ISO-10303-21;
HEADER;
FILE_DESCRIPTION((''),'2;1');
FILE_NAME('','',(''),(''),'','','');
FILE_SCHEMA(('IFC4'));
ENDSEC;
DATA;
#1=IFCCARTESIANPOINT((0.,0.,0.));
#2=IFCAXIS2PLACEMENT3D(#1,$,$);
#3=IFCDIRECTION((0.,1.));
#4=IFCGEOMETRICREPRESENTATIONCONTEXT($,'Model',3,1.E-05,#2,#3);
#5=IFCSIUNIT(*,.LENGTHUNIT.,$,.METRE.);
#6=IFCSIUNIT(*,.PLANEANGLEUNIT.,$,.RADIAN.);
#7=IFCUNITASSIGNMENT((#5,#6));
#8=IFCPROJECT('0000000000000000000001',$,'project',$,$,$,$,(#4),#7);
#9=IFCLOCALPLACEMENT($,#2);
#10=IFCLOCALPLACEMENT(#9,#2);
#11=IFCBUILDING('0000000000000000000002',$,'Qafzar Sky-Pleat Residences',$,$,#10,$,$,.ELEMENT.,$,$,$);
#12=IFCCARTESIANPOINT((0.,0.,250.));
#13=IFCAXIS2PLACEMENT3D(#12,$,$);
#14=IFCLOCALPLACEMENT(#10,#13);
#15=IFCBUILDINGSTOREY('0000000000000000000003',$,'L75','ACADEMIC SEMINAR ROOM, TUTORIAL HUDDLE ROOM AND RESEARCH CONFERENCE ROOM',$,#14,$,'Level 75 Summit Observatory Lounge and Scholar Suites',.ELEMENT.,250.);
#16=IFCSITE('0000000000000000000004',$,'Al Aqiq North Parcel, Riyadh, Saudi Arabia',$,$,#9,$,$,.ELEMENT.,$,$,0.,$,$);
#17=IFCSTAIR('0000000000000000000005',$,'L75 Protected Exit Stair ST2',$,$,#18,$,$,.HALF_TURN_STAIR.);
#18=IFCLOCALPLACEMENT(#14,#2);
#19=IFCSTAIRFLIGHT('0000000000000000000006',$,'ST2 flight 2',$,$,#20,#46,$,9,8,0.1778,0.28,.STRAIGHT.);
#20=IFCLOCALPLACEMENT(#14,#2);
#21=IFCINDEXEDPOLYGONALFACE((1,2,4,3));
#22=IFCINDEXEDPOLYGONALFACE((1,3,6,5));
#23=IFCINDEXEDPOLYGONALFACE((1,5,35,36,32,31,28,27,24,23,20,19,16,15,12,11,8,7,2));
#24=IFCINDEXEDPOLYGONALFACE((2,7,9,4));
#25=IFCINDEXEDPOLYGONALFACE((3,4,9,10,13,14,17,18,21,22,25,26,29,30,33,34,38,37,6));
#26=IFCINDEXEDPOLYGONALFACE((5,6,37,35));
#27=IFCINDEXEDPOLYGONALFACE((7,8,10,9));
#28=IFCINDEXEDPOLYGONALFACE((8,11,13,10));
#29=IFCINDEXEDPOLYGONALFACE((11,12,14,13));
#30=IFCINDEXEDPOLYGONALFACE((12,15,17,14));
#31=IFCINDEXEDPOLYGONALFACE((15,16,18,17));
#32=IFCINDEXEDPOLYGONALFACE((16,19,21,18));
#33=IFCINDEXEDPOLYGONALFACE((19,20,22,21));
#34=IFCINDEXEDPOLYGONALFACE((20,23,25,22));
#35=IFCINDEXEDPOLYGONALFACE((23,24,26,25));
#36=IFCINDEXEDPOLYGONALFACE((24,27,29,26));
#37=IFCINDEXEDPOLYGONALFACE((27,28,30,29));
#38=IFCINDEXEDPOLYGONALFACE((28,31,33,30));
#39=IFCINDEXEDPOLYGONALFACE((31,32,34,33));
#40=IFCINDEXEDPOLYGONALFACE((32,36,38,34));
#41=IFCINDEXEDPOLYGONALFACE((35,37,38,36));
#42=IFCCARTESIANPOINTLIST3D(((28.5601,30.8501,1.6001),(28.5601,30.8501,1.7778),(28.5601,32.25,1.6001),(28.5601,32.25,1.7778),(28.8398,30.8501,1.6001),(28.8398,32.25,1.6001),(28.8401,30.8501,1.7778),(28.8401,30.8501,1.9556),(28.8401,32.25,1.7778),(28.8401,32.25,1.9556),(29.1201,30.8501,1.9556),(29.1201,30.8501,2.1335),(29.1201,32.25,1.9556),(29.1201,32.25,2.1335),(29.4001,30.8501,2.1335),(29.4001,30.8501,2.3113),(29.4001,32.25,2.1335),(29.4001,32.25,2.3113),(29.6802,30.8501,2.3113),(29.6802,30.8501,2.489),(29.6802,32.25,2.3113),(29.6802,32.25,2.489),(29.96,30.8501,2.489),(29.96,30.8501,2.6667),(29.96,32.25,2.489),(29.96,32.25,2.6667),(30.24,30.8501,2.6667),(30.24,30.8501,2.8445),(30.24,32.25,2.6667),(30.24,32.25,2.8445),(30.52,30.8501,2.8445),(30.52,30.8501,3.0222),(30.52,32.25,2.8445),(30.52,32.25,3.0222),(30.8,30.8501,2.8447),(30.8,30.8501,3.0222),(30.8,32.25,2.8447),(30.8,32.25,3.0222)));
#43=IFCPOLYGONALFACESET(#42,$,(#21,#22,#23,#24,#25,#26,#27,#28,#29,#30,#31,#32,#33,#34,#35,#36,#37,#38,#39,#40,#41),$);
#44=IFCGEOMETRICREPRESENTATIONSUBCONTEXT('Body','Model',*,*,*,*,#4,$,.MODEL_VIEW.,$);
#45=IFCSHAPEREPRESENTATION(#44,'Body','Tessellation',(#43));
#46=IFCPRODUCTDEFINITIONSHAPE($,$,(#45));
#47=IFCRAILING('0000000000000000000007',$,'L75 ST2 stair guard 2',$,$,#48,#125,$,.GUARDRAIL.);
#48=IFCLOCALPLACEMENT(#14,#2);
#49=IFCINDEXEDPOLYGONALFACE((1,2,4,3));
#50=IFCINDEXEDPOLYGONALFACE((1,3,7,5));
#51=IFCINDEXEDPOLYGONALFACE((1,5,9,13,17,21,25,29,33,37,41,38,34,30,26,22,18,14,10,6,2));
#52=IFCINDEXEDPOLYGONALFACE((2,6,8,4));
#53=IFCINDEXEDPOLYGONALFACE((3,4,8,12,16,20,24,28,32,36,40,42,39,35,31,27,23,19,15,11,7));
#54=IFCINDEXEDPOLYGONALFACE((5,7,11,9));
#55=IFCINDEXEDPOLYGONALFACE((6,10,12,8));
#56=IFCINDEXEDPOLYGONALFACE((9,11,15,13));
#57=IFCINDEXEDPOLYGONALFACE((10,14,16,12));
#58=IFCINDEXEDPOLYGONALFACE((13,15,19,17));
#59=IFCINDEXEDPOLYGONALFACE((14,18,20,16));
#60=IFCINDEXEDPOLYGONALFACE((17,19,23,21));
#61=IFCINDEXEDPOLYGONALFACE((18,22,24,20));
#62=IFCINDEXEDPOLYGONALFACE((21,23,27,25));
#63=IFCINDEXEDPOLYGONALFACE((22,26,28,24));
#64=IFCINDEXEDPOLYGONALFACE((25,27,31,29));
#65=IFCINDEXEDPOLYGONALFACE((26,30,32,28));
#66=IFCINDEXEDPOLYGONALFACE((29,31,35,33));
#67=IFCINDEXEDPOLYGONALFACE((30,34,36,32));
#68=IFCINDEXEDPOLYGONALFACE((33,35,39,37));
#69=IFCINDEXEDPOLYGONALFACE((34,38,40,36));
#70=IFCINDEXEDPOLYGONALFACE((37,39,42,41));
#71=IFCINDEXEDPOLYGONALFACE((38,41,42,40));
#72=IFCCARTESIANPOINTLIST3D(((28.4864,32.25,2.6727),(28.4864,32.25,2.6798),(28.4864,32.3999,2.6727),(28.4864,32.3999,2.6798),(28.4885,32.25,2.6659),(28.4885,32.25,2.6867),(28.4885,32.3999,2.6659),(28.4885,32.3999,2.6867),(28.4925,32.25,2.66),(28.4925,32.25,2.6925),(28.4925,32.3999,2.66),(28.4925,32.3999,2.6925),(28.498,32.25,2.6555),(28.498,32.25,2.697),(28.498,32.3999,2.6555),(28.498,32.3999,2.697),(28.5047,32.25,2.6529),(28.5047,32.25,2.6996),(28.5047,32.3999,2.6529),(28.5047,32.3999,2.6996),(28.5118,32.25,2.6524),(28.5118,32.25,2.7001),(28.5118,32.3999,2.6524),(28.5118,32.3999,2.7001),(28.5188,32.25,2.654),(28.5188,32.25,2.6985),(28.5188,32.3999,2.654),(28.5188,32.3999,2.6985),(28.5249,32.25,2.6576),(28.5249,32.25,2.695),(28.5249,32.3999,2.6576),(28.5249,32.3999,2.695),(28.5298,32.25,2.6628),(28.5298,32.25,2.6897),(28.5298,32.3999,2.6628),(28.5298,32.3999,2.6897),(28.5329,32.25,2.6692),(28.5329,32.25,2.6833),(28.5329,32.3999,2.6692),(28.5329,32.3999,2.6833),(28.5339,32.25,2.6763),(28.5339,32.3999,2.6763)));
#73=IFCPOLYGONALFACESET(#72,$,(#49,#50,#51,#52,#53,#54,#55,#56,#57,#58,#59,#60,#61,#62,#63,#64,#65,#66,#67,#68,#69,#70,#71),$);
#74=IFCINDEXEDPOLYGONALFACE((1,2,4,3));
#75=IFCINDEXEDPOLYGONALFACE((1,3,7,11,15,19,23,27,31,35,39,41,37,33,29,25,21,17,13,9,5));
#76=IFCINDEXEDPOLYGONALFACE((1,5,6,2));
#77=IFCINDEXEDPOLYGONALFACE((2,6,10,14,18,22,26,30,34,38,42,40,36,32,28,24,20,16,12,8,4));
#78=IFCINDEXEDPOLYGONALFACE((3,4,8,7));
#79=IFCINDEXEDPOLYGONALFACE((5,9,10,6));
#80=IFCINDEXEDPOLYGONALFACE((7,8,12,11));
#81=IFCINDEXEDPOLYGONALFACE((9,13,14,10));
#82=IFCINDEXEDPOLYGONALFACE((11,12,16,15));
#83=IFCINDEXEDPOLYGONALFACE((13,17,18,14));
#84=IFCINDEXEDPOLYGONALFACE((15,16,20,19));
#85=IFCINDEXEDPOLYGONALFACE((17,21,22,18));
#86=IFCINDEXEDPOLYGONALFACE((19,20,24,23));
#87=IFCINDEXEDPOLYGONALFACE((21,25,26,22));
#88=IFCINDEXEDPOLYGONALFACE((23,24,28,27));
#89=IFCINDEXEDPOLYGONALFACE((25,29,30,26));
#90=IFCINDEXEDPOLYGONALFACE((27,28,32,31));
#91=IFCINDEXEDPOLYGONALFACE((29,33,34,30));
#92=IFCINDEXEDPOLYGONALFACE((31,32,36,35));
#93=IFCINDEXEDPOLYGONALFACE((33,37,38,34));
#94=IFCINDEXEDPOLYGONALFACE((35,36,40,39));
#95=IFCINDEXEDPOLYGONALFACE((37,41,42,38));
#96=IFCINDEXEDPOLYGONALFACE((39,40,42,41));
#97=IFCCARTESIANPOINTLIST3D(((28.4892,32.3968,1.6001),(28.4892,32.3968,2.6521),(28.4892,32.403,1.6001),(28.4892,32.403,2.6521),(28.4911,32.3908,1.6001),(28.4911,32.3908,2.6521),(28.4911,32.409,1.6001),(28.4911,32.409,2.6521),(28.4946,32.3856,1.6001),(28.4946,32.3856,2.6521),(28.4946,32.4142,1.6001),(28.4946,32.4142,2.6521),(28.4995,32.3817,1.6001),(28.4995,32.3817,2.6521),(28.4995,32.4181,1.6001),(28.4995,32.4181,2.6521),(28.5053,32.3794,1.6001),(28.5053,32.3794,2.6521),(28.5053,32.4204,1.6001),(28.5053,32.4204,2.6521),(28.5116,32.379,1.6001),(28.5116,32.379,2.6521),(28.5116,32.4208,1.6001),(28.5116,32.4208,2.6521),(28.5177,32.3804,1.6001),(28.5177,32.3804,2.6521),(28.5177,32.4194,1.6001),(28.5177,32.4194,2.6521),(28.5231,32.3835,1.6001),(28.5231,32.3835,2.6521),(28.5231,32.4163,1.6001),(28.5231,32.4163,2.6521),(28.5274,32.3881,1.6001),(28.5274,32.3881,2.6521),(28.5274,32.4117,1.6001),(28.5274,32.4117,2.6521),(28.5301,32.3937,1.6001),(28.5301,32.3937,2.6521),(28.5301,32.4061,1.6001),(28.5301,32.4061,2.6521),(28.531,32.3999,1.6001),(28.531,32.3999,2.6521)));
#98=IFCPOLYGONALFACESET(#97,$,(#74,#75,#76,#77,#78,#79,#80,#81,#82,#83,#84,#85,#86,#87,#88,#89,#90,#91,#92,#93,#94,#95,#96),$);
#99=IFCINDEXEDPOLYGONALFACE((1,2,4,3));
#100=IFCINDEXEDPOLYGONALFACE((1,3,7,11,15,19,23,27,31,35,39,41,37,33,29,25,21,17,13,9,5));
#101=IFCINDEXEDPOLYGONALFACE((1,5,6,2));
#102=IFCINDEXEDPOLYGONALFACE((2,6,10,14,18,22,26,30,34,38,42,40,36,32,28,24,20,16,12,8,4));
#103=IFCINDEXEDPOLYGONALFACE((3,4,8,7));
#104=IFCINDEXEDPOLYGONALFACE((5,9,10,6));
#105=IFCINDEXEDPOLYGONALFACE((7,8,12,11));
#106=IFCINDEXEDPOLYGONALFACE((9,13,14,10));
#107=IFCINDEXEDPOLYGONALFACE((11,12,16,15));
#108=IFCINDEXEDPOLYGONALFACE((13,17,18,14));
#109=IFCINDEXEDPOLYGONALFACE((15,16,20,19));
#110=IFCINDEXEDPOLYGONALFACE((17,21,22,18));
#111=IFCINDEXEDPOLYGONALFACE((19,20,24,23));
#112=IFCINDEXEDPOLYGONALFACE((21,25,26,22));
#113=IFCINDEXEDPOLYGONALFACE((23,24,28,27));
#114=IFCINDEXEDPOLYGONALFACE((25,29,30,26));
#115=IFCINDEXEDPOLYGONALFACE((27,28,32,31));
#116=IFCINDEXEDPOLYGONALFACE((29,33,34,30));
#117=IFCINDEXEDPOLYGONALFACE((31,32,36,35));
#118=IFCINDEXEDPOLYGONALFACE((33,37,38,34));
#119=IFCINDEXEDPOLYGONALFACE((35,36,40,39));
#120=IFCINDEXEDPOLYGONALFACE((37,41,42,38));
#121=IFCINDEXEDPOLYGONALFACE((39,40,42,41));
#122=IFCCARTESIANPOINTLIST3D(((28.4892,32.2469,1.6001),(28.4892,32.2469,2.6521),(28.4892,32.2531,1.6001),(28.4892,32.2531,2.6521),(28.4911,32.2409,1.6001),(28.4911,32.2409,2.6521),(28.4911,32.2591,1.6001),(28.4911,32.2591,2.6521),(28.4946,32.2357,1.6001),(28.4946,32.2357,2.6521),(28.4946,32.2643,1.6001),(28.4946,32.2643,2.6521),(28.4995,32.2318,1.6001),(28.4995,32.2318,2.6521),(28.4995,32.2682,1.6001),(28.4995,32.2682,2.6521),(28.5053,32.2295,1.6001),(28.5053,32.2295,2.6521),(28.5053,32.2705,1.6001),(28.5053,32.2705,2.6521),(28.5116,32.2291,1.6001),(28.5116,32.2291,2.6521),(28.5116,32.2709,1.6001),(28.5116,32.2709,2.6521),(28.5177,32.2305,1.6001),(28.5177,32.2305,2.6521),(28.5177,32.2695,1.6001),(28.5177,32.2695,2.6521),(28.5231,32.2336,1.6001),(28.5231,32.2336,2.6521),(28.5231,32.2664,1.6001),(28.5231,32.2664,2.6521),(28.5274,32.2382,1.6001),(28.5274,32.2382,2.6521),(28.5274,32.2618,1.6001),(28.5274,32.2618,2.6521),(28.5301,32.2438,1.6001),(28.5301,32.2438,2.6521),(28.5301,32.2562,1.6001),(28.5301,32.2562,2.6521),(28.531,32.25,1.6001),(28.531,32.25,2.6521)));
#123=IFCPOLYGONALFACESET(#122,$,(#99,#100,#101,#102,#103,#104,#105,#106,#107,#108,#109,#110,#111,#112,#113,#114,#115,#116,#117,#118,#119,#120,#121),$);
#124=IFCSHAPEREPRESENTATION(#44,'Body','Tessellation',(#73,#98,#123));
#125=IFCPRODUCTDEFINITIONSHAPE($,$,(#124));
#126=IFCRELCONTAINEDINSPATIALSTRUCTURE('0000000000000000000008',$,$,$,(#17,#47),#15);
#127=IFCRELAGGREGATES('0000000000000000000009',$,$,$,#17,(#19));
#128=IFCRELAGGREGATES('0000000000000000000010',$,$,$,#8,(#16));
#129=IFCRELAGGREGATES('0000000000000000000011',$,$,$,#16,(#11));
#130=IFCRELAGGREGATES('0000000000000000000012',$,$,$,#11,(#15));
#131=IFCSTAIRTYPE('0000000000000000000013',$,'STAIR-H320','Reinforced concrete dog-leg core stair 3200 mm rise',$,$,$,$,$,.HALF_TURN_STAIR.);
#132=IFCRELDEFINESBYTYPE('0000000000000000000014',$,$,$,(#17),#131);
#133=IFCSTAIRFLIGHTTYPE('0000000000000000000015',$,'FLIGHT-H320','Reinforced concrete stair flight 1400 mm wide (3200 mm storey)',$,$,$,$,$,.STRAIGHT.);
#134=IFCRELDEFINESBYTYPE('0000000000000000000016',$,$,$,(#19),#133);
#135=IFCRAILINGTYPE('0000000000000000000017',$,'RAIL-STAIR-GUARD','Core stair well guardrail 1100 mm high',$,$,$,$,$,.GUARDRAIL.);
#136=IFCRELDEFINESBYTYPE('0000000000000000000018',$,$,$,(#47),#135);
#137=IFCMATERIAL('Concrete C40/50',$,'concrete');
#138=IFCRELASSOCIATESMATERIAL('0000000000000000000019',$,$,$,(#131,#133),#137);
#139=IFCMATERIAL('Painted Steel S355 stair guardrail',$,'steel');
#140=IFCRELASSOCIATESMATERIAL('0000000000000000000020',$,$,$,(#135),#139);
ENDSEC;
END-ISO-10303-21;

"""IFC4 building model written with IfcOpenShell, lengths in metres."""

from ifc_helpers import new_model, si_unit, direction, frame, origin, origin_2d, place, context, subcontext, project, spatial, polyline, circle, outline, extrude, source, transform, mapped, material, type_object, element, aggregate, save


model = new_model("IFC4")

# Units and contexts
model_context = context("Model", 3, precision=1e-05, world=origin(), true_north=direction((0.0, 1.0)))
body_context = subcontext(model_context, "Body", "Model", "MODEL_VIEW")
ifc_project = project(units=[si_unit("LENGTHUNIT", "METRE"), si_unit("PLANEANGLEUNIT", "RADIAN")], contexts=[model_context])

# Site, building, storey
site_placement = place(None, origin())
site = spatial("IfcSite", under=ifc_project, at=site_placement, Name="Al Aqiq North Parcel, Riyadh, Saudi Arabia", CompositionType="ELEMENT", RefElevation=0.0)
building_placement = place(site_placement, origin())
building = spatial("IfcBuilding", under=site, at=building_placement, Name="Qafzar Sky-Pleat Residences", CompositionType="ELEMENT")
storey_placement = place(building_placement, frame((0.0, 0.0, 250.0)))
storey = spatial("IfcBuildingStorey", under=building, at=storey_placement, Name="L75", Description="ACADEMIC SEMINAR ROOM, TUTORIAL HUDDLE ROOM AND RESEARCH CONFERENCE ROOM", LongName="Level 75 Summit Observatory Lounge and Scholar Suites", CompositionType="ELEMENT", Elevation=250.0)

# Stair, stair flight
ifc_material_1 = material(Name="Concrete C40/50", Category="concrete")
stair_type = type_object("IfcStairType", Name="STAIR-H320", Description="Reinforced concrete dog-leg core stair 3200 mm rise", PredefinedType="HALF_TURN_STAIR", material=ifc_material_1)
stair_placement = place(storey_placement, origin())
stair = element("IfcStair", 1, at=stair_placement, inside=storey, type_object=stair_type, Name="L75 Protected Exit Stair ST2", PredefinedType="HALF_TURN_STAIR")
stair_flight_type = type_object("IfcStairFlightType", Name="FLIGHT-H320", Description="Reinforced concrete stair flight 1400 mm wide (3200 mm storey)", PredefinedType="STRAIGHT", material=ifc_material_1)
shared_shape_1 = source(origin(), body_context, "Body", "SweptSolid", [
    extrude(outline(polyline([(0.0, 0.0), (0.0, 0.1777), (0.28, 0.1777), (0.28, 0.3555), (0.5601, 0.3555), (0.5601, 0.5334), (0.8401, 0.5334), (0.8401, 0.7112), (1.1201, 0.7112), (1.1201, 0.8889), (1.3999, 0.8889), (1.3999, 1.0667), (1.6799, 1.0667), (1.6799, 1.2444), (1.96, 1.2444), (1.96, 1.4221), (2.24, 1.4221), (2.24, 1.6001), (2.24, 1.2446), (0.2798, 0.0), (0.0, 0.0)])), frame((0.0, 0.7, 0.0), z_axis=(0.0, -1.0, 0.0), x_axis=(1.0, 0.0, 0.0)), (0.0, 0.0, 1.0), 1.3999),
])
stair_flight_placement = place(storey_placement, frame((28.5601, 31.55, 1.6001), z_axis=(0.0, 0.0, 1.0), x_axis=(1.0, 0.0, 0.0)))
stair_flight = element("IfcStairFlight", 2, at=stair_flight_placement, type_object=stair_flight_type, Name="ST2 flight 2", NumberOfRisers=9, NumberOfTreads=8, PredefinedType="STRAIGHT", RiserHeight=0.1778, TreadLength=0.28, context=body_context, shape_type="MappedRepresentation", body=[
    mapped(shared_shape_1, transform((0.0, 0.0, 0.0), x_axis=(1.0, 0.0, 0.0), y_axis=(0.0, 1.0, 0.0), z_axis=(0.0, 0.0, 1.0), scale=1.0)),
])
aggregate(stair, [stair_flight])

# Railing
ifc_material_2 = material(Name="Painted Steel S355 stair guardrail", Category="steel")
railing_type_1 = type_object("IfcRailingType", Name="RAIL-STAIR-GUARD", Description="Core stair well guardrail 1100 mm high", PredefinedType="GUARDRAIL", material=ifc_material_2)
shared_shape_2 = source(origin(), body_context, "Body", "SweptSolid", [
    extrude(circle(Radius=0.0239, at=origin_2d()), frame((0.0, 0.0, 1.0762), z_axis=(0.0, -1.0, 0.0), x_axis=(1.0, 0.0, 0.0)), (0.0, 0.0, 1.0), 0.1499),
    extrude(circle(Radius=0.021, at=origin_2d()), origin(), (0.0, 0.0, 1.0), 1.052),
    extrude(circle(Radius=0.021, at=origin_2d()), frame((0.0, -0.1499, 0.0)), (0.0, 0.0, 1.0), 1.052),
])
railing_1_placement = place(storey_placement, frame((28.51, 32.3999, 1.6001)))
element("IfcRailing", 3, at=railing_1_placement, inside=storey, type_object=railing_type_1, Name="L75 ST2 stair guard 2", PredefinedType="GUARDRAIL", context=body_context, shape_type="MappedRepresentation", body=[
    mapped(shared_shape_2, transform((0.0, 0.0, 0.0), x_axis=(1.0, 0.0, 0.0), y_axis=(0.0, 1.0, 0.0), z_axis=(0.0, 0.0, 1.0), scale=1.0)),
])

save(model, "model.ifc")
